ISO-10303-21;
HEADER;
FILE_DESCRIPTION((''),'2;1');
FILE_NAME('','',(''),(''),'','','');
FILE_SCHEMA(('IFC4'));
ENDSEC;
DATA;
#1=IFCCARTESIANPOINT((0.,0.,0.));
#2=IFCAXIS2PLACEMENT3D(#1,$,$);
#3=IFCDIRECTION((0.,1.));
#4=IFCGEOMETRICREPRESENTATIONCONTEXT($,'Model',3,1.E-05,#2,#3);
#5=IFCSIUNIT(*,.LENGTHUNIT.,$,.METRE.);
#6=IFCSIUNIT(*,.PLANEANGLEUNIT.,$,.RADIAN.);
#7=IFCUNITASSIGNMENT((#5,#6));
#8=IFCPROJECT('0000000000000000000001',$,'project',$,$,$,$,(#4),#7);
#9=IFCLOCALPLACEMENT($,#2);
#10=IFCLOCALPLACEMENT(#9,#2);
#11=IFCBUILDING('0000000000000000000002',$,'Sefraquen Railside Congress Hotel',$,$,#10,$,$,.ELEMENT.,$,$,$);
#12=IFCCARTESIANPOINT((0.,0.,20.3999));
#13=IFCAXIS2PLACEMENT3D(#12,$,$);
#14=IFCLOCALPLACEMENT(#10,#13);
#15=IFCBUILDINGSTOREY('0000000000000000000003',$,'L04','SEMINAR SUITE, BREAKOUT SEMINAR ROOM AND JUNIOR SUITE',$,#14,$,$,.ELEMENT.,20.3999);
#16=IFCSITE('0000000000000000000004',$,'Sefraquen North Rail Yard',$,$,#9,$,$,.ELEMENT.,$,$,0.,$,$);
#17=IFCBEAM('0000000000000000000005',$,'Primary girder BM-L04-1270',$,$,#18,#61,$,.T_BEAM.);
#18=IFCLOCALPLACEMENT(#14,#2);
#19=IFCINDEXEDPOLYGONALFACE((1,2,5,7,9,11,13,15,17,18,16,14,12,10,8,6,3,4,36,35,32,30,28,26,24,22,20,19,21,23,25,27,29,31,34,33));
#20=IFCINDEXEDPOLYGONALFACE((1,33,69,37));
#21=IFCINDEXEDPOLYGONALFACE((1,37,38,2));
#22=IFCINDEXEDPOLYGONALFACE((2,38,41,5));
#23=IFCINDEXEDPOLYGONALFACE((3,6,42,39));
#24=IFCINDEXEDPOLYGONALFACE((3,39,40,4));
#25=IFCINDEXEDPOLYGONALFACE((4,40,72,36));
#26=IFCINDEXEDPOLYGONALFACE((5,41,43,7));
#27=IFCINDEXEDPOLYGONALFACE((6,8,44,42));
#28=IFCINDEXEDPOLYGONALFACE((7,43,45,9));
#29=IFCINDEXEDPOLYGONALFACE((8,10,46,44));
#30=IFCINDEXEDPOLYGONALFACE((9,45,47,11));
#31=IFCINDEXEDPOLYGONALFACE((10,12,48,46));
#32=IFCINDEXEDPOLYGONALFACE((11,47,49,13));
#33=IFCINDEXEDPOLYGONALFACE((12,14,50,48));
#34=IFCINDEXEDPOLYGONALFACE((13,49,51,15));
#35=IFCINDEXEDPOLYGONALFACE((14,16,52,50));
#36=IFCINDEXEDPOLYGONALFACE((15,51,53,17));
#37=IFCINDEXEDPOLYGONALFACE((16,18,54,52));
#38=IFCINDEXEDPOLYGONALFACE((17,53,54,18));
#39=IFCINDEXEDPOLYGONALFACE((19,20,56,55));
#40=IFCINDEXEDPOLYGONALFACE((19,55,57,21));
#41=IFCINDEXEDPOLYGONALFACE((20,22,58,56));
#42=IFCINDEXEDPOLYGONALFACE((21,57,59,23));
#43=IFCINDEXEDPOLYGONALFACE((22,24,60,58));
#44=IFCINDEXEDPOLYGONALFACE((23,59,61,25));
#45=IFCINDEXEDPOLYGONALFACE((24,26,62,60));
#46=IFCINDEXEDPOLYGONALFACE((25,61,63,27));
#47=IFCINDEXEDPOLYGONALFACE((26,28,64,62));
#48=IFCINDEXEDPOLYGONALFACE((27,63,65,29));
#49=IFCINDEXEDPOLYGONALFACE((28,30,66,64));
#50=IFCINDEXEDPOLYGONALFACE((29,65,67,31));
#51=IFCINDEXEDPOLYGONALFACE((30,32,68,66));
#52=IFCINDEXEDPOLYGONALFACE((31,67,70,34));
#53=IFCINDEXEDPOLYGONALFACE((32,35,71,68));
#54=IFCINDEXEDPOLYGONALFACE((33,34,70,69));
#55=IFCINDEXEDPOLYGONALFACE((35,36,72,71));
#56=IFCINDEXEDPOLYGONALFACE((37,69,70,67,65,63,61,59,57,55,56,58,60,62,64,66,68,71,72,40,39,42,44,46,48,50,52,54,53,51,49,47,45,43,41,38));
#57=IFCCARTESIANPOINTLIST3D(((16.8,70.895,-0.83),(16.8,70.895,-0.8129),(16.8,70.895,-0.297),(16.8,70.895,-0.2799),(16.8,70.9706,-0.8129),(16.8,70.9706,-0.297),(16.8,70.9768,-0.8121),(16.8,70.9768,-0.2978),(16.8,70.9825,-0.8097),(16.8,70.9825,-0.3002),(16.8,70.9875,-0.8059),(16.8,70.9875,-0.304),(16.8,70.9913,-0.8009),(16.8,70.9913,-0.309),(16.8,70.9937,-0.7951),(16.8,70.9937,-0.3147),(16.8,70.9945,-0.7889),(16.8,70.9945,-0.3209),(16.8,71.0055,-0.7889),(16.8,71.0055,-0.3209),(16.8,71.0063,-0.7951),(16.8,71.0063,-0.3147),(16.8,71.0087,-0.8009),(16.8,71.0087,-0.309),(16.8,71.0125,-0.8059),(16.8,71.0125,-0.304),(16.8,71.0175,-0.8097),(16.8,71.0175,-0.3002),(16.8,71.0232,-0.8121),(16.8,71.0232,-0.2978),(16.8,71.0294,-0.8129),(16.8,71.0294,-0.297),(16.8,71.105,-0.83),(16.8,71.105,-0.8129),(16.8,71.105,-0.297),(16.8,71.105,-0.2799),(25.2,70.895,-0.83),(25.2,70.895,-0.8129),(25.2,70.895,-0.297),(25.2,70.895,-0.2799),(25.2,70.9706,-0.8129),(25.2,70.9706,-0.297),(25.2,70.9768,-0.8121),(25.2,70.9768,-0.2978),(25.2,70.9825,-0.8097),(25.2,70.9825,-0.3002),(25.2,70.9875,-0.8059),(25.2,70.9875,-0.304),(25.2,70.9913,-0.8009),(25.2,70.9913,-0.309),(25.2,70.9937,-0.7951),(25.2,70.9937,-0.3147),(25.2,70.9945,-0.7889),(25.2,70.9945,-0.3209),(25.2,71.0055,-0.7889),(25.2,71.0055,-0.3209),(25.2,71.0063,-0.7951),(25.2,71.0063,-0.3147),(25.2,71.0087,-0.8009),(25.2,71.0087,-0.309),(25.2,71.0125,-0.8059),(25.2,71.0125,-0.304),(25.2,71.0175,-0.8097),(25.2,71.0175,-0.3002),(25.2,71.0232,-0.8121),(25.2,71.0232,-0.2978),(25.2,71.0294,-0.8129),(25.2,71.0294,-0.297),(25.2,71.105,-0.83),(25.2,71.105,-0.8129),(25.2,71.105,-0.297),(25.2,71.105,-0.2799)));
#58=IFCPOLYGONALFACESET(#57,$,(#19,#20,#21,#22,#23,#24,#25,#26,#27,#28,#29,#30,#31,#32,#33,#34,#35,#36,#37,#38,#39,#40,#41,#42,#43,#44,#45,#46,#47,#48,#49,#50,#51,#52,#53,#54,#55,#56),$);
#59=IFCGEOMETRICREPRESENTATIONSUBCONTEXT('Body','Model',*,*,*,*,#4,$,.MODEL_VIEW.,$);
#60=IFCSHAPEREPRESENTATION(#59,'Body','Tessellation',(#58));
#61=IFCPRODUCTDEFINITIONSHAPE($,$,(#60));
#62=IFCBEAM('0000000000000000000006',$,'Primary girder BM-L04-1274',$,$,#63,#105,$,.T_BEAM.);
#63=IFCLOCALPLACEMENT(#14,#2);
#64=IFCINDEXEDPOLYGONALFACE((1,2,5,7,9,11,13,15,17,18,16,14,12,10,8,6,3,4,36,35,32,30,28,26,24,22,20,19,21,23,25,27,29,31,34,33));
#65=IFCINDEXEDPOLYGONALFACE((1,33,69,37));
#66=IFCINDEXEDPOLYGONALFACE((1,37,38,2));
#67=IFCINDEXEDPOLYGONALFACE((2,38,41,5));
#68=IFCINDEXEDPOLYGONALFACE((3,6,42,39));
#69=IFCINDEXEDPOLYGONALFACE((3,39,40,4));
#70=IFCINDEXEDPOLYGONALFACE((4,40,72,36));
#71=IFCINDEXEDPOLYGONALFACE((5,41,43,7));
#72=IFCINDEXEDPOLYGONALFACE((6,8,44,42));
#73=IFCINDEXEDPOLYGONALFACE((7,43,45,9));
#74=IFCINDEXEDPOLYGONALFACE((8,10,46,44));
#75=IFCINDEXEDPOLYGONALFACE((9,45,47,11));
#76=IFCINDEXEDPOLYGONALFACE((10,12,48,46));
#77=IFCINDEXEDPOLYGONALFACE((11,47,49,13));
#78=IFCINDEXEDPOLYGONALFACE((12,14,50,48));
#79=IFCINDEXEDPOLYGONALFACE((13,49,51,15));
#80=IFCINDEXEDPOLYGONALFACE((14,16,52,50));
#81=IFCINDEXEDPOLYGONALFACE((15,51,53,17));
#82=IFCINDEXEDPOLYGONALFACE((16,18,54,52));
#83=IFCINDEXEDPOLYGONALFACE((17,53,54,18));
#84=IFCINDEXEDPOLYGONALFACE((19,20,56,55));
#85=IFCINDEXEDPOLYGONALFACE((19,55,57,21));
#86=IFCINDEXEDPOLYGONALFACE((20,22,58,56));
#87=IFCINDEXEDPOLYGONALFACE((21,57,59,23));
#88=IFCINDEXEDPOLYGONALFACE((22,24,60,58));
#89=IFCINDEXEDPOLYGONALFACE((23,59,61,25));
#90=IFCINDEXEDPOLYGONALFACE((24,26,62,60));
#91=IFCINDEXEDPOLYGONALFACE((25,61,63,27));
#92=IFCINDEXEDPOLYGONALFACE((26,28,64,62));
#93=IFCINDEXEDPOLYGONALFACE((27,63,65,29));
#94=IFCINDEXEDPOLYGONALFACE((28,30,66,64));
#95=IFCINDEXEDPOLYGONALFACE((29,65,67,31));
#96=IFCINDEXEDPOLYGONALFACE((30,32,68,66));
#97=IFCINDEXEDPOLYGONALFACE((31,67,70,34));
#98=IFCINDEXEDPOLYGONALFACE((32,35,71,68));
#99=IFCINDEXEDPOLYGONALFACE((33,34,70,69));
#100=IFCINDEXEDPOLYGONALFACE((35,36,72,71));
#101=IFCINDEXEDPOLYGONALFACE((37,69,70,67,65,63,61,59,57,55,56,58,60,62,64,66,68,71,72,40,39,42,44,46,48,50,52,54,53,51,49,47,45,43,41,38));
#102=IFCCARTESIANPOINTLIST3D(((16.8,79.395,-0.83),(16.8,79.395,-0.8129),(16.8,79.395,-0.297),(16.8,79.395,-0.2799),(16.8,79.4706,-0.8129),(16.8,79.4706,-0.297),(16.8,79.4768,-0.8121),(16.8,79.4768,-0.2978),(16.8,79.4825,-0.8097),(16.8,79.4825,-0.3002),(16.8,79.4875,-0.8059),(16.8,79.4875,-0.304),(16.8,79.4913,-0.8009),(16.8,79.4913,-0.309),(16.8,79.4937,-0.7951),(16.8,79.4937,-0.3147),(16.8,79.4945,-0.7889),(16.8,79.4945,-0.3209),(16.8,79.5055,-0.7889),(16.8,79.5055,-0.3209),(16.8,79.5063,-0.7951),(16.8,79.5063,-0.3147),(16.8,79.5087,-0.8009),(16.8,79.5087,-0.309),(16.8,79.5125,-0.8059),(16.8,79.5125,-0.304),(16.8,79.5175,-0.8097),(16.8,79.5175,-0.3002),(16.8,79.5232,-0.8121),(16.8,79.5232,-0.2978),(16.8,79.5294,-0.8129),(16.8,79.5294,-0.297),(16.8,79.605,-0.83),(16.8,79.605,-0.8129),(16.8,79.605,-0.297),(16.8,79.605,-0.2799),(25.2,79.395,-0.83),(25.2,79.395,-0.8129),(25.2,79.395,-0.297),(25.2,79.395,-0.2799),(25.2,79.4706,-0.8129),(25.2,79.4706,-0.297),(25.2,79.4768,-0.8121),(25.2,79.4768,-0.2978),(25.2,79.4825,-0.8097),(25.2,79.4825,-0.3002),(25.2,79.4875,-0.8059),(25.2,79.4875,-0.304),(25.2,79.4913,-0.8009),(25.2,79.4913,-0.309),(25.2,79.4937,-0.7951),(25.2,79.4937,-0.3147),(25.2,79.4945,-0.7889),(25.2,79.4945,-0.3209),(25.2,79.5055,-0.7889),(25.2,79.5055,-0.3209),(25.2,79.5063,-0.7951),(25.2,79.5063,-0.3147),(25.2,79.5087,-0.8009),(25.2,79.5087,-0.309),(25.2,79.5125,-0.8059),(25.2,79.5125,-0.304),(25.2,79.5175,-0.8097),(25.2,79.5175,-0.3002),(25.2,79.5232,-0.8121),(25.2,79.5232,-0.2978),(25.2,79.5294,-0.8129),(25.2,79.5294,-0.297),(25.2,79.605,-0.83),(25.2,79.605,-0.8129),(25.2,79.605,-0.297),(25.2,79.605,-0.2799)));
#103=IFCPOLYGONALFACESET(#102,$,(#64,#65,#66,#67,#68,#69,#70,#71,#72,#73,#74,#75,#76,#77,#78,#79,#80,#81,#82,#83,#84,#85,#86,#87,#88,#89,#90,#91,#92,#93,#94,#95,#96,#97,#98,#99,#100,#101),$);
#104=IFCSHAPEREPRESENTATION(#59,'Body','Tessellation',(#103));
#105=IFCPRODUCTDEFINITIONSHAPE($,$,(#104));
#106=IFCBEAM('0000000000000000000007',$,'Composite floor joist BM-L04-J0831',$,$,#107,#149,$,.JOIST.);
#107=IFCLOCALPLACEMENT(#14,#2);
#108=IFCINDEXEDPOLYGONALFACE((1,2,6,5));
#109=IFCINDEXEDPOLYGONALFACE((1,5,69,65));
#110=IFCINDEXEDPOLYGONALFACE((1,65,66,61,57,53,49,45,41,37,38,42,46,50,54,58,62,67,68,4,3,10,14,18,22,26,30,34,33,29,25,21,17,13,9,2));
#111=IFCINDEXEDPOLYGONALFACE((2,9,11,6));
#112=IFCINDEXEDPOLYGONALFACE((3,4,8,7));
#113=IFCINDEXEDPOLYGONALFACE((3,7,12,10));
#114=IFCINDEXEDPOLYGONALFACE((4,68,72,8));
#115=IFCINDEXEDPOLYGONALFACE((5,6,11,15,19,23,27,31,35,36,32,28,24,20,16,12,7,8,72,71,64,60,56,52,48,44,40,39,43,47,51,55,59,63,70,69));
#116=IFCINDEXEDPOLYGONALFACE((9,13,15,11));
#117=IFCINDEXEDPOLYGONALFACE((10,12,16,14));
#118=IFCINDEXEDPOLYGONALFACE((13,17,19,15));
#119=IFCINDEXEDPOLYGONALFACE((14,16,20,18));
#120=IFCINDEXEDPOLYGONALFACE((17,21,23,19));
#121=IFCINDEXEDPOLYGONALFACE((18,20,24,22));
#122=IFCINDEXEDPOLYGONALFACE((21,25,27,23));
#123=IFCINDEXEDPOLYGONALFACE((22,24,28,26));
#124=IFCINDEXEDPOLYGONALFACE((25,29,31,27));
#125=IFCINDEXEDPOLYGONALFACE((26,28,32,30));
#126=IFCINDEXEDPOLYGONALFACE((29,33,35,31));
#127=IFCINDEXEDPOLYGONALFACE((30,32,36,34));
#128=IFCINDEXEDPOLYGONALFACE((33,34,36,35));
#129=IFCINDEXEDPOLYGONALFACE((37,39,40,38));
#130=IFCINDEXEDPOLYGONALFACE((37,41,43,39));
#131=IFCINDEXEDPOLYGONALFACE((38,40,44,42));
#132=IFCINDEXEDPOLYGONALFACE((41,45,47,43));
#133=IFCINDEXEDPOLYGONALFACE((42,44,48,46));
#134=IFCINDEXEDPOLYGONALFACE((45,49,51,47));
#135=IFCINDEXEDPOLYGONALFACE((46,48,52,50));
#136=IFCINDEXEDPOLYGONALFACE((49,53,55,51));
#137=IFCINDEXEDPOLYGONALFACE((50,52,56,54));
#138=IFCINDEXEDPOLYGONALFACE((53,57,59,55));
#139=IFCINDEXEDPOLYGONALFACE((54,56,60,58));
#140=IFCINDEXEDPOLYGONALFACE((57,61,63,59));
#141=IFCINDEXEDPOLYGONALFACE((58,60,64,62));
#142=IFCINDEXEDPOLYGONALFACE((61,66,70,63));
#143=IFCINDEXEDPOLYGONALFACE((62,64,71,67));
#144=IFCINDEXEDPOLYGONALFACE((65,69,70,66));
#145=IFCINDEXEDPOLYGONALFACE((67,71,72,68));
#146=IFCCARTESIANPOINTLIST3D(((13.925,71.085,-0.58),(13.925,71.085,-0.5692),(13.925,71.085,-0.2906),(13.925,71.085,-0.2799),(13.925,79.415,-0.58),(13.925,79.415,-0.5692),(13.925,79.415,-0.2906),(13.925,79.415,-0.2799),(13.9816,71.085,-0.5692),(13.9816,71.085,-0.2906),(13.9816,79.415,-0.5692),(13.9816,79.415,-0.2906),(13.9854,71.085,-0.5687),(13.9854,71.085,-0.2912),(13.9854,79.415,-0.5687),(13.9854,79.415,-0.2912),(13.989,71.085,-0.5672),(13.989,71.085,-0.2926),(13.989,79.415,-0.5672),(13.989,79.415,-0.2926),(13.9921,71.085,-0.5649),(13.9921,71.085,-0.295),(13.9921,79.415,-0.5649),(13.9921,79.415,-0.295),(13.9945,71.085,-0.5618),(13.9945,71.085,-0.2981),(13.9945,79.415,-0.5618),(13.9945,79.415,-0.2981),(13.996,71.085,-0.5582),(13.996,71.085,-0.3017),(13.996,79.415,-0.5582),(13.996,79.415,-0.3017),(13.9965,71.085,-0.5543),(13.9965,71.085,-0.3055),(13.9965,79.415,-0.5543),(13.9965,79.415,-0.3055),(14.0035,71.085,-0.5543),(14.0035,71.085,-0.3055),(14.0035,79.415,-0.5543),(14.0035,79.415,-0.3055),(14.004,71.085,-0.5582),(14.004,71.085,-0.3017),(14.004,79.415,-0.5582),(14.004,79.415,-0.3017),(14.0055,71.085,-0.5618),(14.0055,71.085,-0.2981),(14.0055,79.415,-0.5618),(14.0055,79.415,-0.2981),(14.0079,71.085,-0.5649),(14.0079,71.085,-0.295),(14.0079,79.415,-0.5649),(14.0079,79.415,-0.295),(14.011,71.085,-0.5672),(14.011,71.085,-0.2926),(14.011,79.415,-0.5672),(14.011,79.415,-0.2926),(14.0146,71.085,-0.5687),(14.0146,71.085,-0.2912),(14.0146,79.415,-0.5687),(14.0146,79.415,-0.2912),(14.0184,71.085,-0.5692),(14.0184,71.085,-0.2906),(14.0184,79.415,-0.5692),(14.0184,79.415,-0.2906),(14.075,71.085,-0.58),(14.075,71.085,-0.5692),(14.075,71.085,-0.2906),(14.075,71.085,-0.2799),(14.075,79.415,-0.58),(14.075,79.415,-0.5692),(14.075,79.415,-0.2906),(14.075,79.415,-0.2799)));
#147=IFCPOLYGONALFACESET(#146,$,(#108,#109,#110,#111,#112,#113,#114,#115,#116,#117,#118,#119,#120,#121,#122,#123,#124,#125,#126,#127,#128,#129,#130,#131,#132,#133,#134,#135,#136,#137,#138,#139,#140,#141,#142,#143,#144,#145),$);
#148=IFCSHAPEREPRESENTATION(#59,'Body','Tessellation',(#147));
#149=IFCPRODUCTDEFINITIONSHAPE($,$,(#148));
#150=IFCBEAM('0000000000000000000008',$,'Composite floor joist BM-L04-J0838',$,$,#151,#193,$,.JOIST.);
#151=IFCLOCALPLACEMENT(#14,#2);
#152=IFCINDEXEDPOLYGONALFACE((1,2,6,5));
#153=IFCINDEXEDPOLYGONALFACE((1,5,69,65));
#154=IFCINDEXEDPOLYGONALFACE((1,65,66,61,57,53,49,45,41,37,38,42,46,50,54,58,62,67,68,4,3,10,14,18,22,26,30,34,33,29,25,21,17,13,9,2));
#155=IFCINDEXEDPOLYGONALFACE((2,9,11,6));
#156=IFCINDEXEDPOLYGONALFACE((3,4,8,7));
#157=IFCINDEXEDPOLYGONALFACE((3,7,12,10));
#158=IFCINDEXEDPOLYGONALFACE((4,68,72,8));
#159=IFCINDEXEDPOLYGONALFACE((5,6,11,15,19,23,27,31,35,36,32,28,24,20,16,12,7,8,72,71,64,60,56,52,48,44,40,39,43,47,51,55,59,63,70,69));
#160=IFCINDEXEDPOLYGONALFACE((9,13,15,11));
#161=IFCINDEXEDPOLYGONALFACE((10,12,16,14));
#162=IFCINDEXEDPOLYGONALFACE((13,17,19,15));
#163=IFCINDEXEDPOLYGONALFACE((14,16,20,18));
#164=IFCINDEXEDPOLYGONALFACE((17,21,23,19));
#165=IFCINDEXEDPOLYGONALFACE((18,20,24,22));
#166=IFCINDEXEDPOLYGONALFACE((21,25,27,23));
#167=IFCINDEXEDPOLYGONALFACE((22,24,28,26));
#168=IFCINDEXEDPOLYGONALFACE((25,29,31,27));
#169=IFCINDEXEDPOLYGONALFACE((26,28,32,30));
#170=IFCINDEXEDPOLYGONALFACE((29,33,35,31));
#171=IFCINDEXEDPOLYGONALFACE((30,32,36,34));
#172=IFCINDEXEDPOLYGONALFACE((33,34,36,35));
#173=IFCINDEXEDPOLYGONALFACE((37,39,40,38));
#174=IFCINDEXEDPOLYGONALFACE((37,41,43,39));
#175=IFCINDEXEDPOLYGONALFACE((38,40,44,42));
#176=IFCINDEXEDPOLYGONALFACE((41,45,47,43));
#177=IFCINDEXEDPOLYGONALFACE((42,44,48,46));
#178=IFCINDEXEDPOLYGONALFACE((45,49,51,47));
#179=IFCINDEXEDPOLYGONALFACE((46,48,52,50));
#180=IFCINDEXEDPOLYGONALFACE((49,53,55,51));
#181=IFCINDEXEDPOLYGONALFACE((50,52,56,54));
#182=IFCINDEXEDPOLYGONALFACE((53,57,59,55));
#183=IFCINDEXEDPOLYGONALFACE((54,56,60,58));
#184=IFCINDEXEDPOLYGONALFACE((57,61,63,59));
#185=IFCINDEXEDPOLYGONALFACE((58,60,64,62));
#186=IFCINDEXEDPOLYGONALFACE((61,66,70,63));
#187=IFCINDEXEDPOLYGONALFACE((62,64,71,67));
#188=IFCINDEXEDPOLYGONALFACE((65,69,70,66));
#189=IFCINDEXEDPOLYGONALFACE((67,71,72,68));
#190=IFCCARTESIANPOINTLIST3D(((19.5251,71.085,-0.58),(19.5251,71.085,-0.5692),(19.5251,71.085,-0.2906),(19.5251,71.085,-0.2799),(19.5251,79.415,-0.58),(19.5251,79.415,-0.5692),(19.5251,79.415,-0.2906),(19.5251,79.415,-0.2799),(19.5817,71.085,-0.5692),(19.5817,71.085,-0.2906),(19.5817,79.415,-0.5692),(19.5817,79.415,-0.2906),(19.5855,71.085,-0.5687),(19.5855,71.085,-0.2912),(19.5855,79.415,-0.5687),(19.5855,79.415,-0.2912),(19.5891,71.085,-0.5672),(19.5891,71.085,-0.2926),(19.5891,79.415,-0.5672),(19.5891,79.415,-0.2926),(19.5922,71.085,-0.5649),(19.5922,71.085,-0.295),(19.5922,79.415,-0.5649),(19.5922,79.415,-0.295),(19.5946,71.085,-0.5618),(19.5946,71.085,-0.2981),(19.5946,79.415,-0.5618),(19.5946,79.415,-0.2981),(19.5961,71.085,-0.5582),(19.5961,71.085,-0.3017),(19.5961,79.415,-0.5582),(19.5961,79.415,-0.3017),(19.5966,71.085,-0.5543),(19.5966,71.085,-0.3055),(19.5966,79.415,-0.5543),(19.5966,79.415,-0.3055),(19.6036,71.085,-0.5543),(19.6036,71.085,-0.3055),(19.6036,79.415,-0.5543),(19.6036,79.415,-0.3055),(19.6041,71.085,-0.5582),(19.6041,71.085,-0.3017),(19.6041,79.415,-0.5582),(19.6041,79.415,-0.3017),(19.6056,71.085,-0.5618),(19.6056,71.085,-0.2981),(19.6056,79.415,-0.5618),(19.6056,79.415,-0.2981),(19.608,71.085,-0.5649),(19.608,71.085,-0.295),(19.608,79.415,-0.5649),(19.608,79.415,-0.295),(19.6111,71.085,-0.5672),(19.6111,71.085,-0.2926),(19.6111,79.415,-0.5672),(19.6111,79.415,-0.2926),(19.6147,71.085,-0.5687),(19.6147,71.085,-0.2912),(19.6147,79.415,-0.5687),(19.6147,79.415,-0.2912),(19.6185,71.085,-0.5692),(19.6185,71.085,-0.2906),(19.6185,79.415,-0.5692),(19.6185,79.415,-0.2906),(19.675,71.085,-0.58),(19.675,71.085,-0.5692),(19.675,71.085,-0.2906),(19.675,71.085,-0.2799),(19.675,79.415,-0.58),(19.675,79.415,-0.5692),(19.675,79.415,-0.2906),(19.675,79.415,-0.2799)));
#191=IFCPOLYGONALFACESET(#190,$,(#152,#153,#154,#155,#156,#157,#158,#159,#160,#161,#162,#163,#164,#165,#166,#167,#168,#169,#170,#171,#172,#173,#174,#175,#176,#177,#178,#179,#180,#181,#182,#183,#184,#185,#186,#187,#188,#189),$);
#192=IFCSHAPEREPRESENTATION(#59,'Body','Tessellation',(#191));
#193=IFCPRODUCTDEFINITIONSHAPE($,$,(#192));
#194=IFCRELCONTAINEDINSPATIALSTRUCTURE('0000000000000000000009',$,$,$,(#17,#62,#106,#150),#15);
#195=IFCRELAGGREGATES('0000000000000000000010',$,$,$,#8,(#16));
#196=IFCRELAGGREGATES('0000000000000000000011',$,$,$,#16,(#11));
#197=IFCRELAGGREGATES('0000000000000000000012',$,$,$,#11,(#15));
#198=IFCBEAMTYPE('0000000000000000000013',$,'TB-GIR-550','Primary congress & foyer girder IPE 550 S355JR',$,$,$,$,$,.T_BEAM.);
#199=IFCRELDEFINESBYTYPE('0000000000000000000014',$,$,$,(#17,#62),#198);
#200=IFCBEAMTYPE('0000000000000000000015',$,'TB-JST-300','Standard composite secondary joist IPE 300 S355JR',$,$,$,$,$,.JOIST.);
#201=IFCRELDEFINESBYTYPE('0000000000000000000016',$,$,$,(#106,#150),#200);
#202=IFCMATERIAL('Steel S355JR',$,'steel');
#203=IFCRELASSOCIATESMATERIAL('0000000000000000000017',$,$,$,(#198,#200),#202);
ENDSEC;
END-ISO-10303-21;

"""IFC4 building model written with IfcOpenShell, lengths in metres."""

from ifc_helpers import new_model, si_unit, direction, frame, origin, origin_2d, place, context, subcontext, project, spatial, i_section, extrude, material, material_profile, profile_set, type_object, element, save


model = new_model("IFC4")

# Units and contexts
model_context = context("Model", 3, precision=1e-05, world=origin(), true_north=direction((0.0, 1.0)))
body_context = subcontext(model_context, "Body", "Model", "MODEL_VIEW")
ifc_project = project(units=[si_unit("LENGTHUNIT", "METRE"), si_unit("PLANEANGLEUNIT", "RADIAN")], contexts=[model_context])

# Site, building, storey
site_placement = place(None, origin())
site = spatial("IfcSite", under=ifc_project, at=site_placement, Name="Sefraquen North Rail Yard", CompositionType="ELEMENT", RefElevation=0.0)
building_placement = place(site_placement, origin())
building = spatial("IfcBuilding", under=site, at=building_placement, Name="Sefraquen Railside Congress Hotel", CompositionType="ELEMENT")
storey_placement = place(building_placement, frame((0.0, 0.0, 20.3999)))
storey = spatial("IfcBuildingStorey", under=building, at=storey_placement, Name="L04", Description="SEMINAR SUITE, BREAKOUT SEMINAR ROOM AND JUNIOR SUITE", CompositionType="ELEMENT", Elevation=20.3999)

# Shared definitions
ifc_material_1 = material(Name="Steel S355JR", Category="steel")

# Beams
ifc_material_profile_1 = material_profile(ifc_material_1, i_section(OverallWidth=0.21, OverallDepth=0.55, WebThickness=0.011, FlangeThickness=0.0171, FilletRadius=0.0239, at=origin_2d()), Name="IPE 550")
ifc_profile_set_1 = profile_set([ifc_material_profile_1], Name="Steel S355JR")
beam_type_1 = type_object("IfcBeamType", Name="TB-GIR-550", Description="Primary congress & foyer girder IPE 550 S355JR", PredefinedType="T_BEAM", material=ifc_profile_set_1)
for number, where, z_axis, x_axis, name in (
    (1, (16.8, 71.0, -0.5549), (1.0, 0.0, 0.0), (0.0, 1.0, 0.0), "Primary girder BM-L04-1270"),
    (2, (16.8, 79.5, -0.5549), (1.0, 0.0, 0.0), (0.0, 1.0, 0.0), "Primary girder BM-L04-1274"),
):
    element("IfcBeam", number, at=place(storey_placement, frame(where, z_axis=z_axis, x_axis=x_axis)), inside=storey, type_object=beam_type_1, Name=name, PredefinedType="T_BEAM", context=body_context, shape_type="SweptSolid", body=[
        extrude(i_section(OverallWidth=0.21, OverallDepth=0.55, WebThickness=0.011, FlangeThickness=0.0171, FilletRadius=0.0239, at=origin_2d()), origin(), (0.0, 0.0, 1.0), 8.3999),
    ])
ifc_material_profile_2 = material_profile(ifc_material_1, i_section(OverallWidth=0.1499, OverallDepth=0.3, WebThickness=0.0071, FlangeThickness=0.0107, FilletRadius=0.0149, at=origin_2d()), Name="IPE 300")
ifc_profile_set_2 = profile_set([ifc_material_profile_2], Name="Steel S355JR")
beam_type_2 = type_object("IfcBeamType", Name="TB-JST-300", Description="Standard composite secondary joist IPE 300 S355JR", PredefinedType="JOIST", material=ifc_profile_set_2)
for number, where, z_axis, x_axis, name in (
    (3, (14.0, 71.085, -0.4299), (0.0, 1.0, 0.0), (-1.0, 0.0, 0.0), "Composite floor joist BM-L04-J0831"),
    (4, (19.6001, 71.085, -0.4299), (0.0, 1.0, 0.0), (-1.0, 0.0, 0.0), "Composite floor joist BM-L04-J0838"),
):
    element("IfcBeam", number, at=place(storey_placement, frame(where, z_axis=z_axis, x_axis=x_axis)), inside=storey, type_object=beam_type_2, Name=name, PredefinedType="JOIST", context=body_context, shape_type="SweptSolid", body=[
        extrude(i_section(OverallWidth=0.1499, OverallDepth=0.3, WebThickness=0.0071, FlangeThickness=0.0107, FilletRadius=0.0149, at=origin_2d()), origin(), (0.0, 0.0, 1.0), 8.3301),
    ])

save(model, "model.ifc")
